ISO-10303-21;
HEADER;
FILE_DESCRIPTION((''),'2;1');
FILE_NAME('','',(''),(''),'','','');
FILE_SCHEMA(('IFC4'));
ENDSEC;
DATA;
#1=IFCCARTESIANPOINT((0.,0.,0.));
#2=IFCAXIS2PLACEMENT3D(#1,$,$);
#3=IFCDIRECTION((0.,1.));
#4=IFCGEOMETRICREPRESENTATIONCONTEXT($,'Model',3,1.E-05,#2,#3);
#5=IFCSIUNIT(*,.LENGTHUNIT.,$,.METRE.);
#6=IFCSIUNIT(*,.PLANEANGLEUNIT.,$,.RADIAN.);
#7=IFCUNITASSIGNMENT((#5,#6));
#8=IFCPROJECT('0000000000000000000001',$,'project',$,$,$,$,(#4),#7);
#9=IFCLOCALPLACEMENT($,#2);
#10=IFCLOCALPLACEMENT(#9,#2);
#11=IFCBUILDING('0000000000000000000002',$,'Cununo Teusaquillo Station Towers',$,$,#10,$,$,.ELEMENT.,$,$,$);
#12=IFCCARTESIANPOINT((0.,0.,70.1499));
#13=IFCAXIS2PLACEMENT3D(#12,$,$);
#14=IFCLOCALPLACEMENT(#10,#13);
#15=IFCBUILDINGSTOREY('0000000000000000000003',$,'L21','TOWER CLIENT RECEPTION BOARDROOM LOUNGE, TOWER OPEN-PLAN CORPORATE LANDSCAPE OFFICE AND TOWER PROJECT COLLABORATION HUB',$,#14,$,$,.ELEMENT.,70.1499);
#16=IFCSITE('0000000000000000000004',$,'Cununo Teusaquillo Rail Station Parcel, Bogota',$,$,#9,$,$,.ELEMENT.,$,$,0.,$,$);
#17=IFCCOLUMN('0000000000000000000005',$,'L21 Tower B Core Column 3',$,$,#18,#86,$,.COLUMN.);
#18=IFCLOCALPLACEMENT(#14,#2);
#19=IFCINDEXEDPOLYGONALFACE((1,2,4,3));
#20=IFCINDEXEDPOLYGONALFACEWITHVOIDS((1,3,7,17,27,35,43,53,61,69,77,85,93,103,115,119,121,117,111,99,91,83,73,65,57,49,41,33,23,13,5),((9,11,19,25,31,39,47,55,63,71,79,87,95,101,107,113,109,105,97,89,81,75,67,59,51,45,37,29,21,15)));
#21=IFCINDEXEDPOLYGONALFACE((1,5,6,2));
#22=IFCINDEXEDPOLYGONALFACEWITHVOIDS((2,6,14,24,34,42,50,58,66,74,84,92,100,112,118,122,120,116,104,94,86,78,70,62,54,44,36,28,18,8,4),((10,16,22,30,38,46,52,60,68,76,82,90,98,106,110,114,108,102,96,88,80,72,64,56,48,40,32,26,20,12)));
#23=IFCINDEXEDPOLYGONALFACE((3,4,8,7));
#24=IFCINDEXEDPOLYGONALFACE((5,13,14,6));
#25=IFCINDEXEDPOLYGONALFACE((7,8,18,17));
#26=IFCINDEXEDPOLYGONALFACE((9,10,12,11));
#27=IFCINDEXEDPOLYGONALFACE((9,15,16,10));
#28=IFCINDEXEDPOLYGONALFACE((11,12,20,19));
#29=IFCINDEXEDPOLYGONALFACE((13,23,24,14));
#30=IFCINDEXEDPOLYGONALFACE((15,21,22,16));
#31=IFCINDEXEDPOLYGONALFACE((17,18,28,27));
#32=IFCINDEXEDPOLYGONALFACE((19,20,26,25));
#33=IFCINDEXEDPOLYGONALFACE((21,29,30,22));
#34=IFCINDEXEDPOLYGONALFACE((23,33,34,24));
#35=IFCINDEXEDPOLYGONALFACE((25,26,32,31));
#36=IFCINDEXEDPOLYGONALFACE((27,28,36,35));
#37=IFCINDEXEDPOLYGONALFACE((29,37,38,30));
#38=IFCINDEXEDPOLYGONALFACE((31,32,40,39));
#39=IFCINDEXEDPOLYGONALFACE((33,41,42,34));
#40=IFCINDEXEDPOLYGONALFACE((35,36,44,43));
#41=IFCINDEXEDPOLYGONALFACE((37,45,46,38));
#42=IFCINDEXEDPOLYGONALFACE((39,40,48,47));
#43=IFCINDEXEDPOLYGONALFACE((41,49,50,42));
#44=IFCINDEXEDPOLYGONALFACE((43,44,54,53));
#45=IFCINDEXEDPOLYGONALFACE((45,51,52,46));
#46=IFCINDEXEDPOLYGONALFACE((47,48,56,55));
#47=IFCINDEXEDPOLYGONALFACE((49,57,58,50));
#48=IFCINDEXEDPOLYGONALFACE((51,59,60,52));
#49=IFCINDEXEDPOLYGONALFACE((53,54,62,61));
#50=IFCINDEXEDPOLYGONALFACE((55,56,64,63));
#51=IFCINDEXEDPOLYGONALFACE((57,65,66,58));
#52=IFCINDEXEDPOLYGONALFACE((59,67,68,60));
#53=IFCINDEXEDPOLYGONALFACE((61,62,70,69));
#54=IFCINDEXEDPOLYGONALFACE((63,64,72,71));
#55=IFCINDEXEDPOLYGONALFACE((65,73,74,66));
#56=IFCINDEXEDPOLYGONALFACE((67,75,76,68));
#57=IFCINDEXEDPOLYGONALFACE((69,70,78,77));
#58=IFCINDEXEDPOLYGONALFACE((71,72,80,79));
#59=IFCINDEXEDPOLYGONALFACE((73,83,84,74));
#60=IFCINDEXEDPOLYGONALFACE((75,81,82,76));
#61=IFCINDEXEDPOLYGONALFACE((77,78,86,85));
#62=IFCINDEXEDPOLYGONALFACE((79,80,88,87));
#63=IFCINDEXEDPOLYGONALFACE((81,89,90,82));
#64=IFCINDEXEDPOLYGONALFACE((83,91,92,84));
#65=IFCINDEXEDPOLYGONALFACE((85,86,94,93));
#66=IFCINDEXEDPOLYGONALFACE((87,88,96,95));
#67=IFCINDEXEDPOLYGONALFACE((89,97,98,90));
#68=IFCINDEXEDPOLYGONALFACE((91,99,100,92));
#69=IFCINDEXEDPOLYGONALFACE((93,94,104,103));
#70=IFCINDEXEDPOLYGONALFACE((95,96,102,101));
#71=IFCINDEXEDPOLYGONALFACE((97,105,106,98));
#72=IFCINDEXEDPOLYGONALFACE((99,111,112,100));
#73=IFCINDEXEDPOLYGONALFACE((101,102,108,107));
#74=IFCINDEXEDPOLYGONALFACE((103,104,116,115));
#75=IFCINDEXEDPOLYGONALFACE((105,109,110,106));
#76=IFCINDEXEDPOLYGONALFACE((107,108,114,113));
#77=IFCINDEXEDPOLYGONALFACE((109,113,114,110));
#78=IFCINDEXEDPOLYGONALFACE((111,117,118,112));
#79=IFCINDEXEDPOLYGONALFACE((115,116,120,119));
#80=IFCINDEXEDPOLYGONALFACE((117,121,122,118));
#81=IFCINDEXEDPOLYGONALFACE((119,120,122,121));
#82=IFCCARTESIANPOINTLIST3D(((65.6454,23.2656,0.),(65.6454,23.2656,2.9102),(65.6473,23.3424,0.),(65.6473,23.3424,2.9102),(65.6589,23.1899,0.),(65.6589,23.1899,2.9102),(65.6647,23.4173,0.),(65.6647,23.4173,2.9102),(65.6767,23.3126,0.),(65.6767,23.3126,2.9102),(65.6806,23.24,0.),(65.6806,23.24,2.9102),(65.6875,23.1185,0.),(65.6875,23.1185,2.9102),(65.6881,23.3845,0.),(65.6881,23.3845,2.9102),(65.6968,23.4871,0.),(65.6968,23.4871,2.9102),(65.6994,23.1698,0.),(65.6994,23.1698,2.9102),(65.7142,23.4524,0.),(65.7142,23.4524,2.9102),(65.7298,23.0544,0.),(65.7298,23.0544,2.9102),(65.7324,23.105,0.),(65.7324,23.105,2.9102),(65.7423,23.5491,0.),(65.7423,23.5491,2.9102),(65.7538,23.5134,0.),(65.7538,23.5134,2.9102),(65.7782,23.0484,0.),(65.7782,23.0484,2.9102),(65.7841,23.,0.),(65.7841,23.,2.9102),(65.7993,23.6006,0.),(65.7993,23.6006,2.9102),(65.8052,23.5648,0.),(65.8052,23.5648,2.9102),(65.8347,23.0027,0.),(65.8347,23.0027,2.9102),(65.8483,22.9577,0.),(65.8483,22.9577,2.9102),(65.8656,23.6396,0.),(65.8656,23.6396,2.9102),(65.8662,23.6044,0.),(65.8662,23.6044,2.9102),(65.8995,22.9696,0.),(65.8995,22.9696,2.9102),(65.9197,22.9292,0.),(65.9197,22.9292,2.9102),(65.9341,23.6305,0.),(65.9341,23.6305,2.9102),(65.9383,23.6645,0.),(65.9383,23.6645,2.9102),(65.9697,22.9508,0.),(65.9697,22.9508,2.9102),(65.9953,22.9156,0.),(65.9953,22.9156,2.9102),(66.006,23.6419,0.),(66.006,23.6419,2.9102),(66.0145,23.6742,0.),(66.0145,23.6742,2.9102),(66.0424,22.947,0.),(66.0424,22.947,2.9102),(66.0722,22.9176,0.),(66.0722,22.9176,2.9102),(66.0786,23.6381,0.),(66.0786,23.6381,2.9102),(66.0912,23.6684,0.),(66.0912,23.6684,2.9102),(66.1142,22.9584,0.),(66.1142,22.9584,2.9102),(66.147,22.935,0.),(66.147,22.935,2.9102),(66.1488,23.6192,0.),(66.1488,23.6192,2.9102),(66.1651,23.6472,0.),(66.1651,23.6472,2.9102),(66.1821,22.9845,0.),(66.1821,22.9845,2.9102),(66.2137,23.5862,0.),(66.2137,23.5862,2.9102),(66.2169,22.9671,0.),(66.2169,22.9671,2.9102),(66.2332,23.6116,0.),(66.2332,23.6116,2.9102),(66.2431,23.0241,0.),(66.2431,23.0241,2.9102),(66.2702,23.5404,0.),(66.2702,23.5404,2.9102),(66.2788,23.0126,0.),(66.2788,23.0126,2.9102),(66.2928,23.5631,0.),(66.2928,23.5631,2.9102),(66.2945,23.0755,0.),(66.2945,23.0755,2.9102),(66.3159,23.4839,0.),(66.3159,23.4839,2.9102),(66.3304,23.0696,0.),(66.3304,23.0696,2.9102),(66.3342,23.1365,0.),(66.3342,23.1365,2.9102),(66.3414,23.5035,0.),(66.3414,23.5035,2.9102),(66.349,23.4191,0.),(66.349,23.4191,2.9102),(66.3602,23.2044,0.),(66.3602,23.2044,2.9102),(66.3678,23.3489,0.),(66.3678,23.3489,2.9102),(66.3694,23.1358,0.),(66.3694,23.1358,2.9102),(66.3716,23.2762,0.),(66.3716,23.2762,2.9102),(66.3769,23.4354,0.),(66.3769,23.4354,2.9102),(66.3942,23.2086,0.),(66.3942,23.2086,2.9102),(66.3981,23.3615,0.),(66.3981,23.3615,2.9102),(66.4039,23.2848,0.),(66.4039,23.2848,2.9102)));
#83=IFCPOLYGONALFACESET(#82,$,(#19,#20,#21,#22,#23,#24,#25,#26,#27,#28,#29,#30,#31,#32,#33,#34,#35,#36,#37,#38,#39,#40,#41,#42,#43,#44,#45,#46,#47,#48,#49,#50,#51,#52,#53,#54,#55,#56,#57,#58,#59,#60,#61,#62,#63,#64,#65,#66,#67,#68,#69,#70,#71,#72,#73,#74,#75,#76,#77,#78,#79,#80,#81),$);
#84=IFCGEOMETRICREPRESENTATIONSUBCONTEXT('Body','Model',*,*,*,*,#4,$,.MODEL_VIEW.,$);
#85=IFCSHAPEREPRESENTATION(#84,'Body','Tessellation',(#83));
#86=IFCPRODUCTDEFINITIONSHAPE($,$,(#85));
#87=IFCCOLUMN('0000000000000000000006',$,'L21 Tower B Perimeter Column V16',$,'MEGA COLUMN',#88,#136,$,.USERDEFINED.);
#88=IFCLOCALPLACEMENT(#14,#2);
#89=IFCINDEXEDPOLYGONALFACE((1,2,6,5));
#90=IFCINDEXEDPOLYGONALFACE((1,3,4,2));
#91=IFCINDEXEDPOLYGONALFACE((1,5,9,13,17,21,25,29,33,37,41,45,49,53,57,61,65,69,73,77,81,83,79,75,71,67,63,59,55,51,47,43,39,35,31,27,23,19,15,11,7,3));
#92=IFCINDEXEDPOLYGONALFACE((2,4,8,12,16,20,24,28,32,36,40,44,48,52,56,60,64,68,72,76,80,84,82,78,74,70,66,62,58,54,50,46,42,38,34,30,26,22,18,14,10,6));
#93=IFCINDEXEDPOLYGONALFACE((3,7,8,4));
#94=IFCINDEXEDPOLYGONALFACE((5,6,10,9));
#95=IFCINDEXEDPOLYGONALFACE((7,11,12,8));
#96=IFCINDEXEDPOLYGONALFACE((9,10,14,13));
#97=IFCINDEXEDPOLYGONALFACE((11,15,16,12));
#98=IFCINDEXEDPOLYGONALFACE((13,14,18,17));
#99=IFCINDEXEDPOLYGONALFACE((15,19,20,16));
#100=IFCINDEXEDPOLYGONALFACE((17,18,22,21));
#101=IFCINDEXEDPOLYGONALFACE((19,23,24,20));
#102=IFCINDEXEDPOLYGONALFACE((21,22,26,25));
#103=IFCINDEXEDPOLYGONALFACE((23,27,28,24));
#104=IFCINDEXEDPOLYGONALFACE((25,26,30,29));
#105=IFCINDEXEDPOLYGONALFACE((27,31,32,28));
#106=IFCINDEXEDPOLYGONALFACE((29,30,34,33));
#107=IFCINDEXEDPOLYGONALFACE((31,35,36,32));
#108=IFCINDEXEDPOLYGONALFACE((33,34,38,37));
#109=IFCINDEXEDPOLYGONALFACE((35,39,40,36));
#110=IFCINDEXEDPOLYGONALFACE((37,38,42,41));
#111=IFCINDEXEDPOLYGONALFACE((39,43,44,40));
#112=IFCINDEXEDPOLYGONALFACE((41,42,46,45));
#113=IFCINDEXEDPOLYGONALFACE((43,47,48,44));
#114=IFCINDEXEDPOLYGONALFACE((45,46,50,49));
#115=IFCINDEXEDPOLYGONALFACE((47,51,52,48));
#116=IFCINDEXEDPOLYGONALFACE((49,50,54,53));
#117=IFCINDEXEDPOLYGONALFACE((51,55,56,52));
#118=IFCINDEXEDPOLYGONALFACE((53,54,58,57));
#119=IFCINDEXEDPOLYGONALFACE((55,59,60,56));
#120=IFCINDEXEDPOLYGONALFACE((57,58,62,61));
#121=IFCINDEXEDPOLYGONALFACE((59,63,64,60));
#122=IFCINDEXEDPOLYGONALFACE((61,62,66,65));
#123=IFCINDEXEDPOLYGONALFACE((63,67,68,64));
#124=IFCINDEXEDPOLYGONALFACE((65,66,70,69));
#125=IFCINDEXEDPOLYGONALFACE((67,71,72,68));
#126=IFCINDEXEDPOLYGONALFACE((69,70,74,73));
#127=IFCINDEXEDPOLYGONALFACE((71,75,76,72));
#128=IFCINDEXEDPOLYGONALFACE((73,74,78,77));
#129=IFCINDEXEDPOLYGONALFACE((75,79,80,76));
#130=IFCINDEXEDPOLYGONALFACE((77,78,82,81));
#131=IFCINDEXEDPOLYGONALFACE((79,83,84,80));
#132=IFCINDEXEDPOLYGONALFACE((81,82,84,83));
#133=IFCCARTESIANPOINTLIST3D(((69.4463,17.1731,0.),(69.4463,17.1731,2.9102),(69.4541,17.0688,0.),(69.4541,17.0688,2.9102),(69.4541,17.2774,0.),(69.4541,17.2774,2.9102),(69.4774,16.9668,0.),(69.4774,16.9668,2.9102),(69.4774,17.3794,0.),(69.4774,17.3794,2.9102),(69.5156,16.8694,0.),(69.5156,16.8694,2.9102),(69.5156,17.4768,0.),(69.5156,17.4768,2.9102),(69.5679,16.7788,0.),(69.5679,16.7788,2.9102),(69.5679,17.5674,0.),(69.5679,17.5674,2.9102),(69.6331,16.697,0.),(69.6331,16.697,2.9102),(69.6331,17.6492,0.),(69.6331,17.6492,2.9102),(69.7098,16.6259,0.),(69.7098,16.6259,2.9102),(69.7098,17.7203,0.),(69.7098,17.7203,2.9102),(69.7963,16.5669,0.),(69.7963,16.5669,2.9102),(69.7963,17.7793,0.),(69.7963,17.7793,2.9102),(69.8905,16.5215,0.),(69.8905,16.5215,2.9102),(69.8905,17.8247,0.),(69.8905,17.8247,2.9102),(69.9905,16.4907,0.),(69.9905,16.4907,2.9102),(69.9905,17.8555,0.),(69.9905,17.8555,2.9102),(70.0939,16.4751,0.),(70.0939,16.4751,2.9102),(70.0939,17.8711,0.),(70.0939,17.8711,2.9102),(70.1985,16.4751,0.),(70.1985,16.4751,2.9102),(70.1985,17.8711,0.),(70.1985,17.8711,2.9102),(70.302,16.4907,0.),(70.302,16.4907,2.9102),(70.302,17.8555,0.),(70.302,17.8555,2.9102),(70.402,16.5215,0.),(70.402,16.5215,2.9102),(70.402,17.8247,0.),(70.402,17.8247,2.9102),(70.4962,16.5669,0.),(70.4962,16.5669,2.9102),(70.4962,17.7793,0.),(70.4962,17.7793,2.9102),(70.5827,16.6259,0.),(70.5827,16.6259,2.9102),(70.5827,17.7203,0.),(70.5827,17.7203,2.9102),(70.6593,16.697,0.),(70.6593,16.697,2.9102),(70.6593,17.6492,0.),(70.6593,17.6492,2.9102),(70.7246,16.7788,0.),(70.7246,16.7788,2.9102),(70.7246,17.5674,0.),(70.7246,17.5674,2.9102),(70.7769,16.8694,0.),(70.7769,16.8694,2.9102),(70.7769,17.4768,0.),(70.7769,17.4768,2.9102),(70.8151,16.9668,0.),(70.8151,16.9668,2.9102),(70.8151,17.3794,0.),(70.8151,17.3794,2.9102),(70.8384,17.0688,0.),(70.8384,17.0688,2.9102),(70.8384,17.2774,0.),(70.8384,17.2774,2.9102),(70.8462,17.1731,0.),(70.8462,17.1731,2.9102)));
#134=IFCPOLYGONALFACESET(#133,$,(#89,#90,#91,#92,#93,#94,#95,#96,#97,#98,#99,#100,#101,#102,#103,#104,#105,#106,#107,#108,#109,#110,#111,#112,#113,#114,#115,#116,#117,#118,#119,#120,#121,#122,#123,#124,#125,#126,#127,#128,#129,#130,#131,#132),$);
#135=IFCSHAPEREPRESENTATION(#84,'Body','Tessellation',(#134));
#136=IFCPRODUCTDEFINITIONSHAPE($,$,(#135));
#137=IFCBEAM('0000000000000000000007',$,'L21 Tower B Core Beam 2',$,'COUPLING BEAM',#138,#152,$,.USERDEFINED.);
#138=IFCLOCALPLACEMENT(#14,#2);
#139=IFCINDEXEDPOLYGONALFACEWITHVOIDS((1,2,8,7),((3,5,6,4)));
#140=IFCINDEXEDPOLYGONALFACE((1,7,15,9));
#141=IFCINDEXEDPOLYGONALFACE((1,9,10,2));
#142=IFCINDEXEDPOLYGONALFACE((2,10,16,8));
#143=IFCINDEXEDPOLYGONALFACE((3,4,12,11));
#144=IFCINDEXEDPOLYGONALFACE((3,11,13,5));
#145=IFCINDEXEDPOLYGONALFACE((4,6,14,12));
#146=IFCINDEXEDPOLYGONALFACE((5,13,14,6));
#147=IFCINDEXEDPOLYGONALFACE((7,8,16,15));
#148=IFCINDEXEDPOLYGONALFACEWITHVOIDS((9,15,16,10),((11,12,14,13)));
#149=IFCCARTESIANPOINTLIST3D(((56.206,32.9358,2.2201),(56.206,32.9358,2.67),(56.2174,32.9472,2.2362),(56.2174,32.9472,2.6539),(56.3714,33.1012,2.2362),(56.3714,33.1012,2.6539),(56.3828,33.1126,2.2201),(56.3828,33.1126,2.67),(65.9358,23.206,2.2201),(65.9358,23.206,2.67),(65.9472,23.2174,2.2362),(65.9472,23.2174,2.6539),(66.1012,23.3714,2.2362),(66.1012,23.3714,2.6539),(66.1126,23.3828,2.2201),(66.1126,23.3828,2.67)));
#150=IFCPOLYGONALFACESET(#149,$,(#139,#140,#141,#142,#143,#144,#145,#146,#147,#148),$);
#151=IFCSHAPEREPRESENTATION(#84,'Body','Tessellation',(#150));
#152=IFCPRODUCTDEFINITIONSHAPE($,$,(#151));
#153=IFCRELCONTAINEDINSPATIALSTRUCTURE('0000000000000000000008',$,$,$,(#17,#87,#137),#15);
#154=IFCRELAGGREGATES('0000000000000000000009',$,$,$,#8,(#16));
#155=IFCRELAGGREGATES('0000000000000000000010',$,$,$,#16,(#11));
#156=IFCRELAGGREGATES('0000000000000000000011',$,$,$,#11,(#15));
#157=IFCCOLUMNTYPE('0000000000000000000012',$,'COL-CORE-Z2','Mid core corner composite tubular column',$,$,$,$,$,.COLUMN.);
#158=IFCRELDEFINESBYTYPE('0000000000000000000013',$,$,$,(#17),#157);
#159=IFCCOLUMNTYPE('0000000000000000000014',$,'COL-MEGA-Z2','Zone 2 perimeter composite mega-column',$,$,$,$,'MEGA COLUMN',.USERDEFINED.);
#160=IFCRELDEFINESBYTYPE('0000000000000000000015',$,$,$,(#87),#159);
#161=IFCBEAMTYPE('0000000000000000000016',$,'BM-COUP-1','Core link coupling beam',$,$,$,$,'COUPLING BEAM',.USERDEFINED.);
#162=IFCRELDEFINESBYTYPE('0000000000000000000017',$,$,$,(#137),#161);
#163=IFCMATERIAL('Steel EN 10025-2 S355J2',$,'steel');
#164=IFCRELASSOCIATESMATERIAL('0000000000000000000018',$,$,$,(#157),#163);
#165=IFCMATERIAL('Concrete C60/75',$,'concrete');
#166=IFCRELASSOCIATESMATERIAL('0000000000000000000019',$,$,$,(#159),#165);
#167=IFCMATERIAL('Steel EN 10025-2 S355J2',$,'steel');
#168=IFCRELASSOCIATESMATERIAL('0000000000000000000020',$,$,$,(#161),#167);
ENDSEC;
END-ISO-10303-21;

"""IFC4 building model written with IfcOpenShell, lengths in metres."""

from ifc_helpers import new_model, si_unit, direction, frame, origin, origin_2d, place, context, subcontext, project, spatial, hollow_rectangle, circle, hollow_circle, extrude, material, material_profile, profile_set, type_object, element, save


model = new_model("IFC4")

# Units and contexts
model_context = context("Model", 3, precision=1e-05, world=origin(), true_north=direction((0.0, 1.0)))
body_context = subcontext(model_context, "Body", "Model", "MODEL_VIEW")
ifc_project = project(units=[si_unit("LENGTHUNIT", "METRE"), si_unit("PLANEANGLEUNIT", "RADIAN")], contexts=[model_context])

# Site, building, storey
site_placement = place(None, origin())
site = spatial("IfcSite", under=ifc_project, at=site_placement, Name="Cununo Teusaquillo Rail Station Parcel, Bogota", CompositionType="ELEMENT", RefElevation=0.0)
building_placement = place(site_placement, origin())
building = spatial("IfcBuilding", under=site, at=building_placement, Name="Cununo Teusaquillo Station Towers", CompositionType="ELEMENT")
storey_placement = place(building_placement, frame((0.0, 0.0, 70.1499)))
storey = spatial("IfcBuildingStorey", under=building, at=storey_placement, Name="L21", Description="TOWER CLIENT RECEPTION BOARDROOM LOUNGE, TOWER OPEN-PLAN CORPORATE LANDSCAPE OFFICE AND TOWER PROJECT COLLABORATION HUB", CompositionType="ELEMENT", Elevation=70.1499)

# Columns
ifc_material_1 = material(Name="Steel EN 10025-2 S355J2", Category="steel")
ifc_material_profile_1 = material_profile(ifc_material_1, hollow_circle(Radius=0.3799, WallThickness=0.032, at=origin_2d()), Name="CHS 760x32")
ifc_profile_set_1 = profile_set([ifc_material_profile_1], Name="Steel EN 10025-2 S355J2")
column_type_1 = type_object("IfcColumnType", Name="COL-CORE-Z2", Description="Mid core corner composite tubular column", PredefinedType="COLUMN", material=ifc_profile_set_1)
column_1_placement = place(storey_placement, frame((66.0242, 23.2944, 0.0), z_axis=(0.0, 0.0, 1.0), x_axis=(0.707107, 0.707107, 0.0)))
element("IfcColumn", 1, at=column_1_placement, inside=storey, type_object=column_type_1, Name="L21 Tower B Core Column 3", PredefinedType="COLUMN", context=body_context, shape_type="SweptSolid", body=[
    extrude(hollow_circle(Radius=0.3799, WallThickness=0.032, at=origin_2d()), origin(), (0.0, 0.0, 1.0), 2.9102),
])
ifc_material_2 = material(Name="Concrete C60/75", Category="concrete")
ifc_material_profile_2 = material_profile(ifc_material_2, circle(Radius=0.7, at=origin_2d()), Name="RC-CIRC-1400")
ifc_profile_set_2 = profile_set([ifc_material_profile_2], Name="Concrete C60/75")
column_type_2 = type_object("IfcColumnType", Name="COL-MEGA-Z2", Description="Zone 2 perimeter composite mega-column", ElementType="MEGA COLUMN", PredefinedType="USERDEFINED", material=ifc_profile_set_2)
column_2_placement = place(storey_placement, frame((70.1462, 17.1731, 0.0), z_axis=(0.0, 0.0, 1.0), x_axis=(1.0, 0.0, 0.0)))
element("IfcColumn", 2, at=column_2_placement, inside=storey, type_object=column_type_2, Name="L21 Tower B Perimeter Column V16", ObjectType="MEGA COLUMN", PredefinedType="USERDEFINED", context=body_context, shape_type="SweptSolid", body=[
    extrude(circle(Radius=0.7, at=origin_2d()), origin(), (0.0, 0.0, 1.0), 2.9102),
])

# Beam
ifc_material_3 = material(Name="Steel EN 10025-2 S355J2", Category="steel")
ifc_material_profile_3 = material_profile(ifc_material_3, hollow_rectangle(XDim=0.25, YDim=0.45, WallThickness=0.0161, at=origin_2d()), Name="RHS 450x250x16")
ifc_profile_set_3 = profile_set([ifc_material_profile_3], Name="Steel EN 10025-2 S355J2")
beam_type_1 = type_object("IfcBeamType", Name="BM-COUP-1", Description="Core link coupling beam", ElementType="COUPLING BEAM", PredefinedType="USERDEFINED", material=ifc_profile_set_3)
beam_1_placement = place(storey_placement, frame((66.0242, 23.2944, 2.4451), z_axis=(-0.707107, 0.707107, 0.0), x_axis=(-0.707107, -0.707107, 0.0)))
element("IfcBeam", 3, at=beam_1_placement, inside=storey, type_object=beam_type_1, Name="L21 Tower B Core Beam 2", ObjectType="COUPLING BEAM", PredefinedType="USERDEFINED", context=body_context, shape_type="SweptSolid", body=[
    extrude(hollow_rectangle(XDim=0.25, YDim=0.45, WallThickness=0.0161, at=origin_2d()), origin(), (0.0, 0.0, 1.0), 13.76),
])

save(model, "model.ifc")
